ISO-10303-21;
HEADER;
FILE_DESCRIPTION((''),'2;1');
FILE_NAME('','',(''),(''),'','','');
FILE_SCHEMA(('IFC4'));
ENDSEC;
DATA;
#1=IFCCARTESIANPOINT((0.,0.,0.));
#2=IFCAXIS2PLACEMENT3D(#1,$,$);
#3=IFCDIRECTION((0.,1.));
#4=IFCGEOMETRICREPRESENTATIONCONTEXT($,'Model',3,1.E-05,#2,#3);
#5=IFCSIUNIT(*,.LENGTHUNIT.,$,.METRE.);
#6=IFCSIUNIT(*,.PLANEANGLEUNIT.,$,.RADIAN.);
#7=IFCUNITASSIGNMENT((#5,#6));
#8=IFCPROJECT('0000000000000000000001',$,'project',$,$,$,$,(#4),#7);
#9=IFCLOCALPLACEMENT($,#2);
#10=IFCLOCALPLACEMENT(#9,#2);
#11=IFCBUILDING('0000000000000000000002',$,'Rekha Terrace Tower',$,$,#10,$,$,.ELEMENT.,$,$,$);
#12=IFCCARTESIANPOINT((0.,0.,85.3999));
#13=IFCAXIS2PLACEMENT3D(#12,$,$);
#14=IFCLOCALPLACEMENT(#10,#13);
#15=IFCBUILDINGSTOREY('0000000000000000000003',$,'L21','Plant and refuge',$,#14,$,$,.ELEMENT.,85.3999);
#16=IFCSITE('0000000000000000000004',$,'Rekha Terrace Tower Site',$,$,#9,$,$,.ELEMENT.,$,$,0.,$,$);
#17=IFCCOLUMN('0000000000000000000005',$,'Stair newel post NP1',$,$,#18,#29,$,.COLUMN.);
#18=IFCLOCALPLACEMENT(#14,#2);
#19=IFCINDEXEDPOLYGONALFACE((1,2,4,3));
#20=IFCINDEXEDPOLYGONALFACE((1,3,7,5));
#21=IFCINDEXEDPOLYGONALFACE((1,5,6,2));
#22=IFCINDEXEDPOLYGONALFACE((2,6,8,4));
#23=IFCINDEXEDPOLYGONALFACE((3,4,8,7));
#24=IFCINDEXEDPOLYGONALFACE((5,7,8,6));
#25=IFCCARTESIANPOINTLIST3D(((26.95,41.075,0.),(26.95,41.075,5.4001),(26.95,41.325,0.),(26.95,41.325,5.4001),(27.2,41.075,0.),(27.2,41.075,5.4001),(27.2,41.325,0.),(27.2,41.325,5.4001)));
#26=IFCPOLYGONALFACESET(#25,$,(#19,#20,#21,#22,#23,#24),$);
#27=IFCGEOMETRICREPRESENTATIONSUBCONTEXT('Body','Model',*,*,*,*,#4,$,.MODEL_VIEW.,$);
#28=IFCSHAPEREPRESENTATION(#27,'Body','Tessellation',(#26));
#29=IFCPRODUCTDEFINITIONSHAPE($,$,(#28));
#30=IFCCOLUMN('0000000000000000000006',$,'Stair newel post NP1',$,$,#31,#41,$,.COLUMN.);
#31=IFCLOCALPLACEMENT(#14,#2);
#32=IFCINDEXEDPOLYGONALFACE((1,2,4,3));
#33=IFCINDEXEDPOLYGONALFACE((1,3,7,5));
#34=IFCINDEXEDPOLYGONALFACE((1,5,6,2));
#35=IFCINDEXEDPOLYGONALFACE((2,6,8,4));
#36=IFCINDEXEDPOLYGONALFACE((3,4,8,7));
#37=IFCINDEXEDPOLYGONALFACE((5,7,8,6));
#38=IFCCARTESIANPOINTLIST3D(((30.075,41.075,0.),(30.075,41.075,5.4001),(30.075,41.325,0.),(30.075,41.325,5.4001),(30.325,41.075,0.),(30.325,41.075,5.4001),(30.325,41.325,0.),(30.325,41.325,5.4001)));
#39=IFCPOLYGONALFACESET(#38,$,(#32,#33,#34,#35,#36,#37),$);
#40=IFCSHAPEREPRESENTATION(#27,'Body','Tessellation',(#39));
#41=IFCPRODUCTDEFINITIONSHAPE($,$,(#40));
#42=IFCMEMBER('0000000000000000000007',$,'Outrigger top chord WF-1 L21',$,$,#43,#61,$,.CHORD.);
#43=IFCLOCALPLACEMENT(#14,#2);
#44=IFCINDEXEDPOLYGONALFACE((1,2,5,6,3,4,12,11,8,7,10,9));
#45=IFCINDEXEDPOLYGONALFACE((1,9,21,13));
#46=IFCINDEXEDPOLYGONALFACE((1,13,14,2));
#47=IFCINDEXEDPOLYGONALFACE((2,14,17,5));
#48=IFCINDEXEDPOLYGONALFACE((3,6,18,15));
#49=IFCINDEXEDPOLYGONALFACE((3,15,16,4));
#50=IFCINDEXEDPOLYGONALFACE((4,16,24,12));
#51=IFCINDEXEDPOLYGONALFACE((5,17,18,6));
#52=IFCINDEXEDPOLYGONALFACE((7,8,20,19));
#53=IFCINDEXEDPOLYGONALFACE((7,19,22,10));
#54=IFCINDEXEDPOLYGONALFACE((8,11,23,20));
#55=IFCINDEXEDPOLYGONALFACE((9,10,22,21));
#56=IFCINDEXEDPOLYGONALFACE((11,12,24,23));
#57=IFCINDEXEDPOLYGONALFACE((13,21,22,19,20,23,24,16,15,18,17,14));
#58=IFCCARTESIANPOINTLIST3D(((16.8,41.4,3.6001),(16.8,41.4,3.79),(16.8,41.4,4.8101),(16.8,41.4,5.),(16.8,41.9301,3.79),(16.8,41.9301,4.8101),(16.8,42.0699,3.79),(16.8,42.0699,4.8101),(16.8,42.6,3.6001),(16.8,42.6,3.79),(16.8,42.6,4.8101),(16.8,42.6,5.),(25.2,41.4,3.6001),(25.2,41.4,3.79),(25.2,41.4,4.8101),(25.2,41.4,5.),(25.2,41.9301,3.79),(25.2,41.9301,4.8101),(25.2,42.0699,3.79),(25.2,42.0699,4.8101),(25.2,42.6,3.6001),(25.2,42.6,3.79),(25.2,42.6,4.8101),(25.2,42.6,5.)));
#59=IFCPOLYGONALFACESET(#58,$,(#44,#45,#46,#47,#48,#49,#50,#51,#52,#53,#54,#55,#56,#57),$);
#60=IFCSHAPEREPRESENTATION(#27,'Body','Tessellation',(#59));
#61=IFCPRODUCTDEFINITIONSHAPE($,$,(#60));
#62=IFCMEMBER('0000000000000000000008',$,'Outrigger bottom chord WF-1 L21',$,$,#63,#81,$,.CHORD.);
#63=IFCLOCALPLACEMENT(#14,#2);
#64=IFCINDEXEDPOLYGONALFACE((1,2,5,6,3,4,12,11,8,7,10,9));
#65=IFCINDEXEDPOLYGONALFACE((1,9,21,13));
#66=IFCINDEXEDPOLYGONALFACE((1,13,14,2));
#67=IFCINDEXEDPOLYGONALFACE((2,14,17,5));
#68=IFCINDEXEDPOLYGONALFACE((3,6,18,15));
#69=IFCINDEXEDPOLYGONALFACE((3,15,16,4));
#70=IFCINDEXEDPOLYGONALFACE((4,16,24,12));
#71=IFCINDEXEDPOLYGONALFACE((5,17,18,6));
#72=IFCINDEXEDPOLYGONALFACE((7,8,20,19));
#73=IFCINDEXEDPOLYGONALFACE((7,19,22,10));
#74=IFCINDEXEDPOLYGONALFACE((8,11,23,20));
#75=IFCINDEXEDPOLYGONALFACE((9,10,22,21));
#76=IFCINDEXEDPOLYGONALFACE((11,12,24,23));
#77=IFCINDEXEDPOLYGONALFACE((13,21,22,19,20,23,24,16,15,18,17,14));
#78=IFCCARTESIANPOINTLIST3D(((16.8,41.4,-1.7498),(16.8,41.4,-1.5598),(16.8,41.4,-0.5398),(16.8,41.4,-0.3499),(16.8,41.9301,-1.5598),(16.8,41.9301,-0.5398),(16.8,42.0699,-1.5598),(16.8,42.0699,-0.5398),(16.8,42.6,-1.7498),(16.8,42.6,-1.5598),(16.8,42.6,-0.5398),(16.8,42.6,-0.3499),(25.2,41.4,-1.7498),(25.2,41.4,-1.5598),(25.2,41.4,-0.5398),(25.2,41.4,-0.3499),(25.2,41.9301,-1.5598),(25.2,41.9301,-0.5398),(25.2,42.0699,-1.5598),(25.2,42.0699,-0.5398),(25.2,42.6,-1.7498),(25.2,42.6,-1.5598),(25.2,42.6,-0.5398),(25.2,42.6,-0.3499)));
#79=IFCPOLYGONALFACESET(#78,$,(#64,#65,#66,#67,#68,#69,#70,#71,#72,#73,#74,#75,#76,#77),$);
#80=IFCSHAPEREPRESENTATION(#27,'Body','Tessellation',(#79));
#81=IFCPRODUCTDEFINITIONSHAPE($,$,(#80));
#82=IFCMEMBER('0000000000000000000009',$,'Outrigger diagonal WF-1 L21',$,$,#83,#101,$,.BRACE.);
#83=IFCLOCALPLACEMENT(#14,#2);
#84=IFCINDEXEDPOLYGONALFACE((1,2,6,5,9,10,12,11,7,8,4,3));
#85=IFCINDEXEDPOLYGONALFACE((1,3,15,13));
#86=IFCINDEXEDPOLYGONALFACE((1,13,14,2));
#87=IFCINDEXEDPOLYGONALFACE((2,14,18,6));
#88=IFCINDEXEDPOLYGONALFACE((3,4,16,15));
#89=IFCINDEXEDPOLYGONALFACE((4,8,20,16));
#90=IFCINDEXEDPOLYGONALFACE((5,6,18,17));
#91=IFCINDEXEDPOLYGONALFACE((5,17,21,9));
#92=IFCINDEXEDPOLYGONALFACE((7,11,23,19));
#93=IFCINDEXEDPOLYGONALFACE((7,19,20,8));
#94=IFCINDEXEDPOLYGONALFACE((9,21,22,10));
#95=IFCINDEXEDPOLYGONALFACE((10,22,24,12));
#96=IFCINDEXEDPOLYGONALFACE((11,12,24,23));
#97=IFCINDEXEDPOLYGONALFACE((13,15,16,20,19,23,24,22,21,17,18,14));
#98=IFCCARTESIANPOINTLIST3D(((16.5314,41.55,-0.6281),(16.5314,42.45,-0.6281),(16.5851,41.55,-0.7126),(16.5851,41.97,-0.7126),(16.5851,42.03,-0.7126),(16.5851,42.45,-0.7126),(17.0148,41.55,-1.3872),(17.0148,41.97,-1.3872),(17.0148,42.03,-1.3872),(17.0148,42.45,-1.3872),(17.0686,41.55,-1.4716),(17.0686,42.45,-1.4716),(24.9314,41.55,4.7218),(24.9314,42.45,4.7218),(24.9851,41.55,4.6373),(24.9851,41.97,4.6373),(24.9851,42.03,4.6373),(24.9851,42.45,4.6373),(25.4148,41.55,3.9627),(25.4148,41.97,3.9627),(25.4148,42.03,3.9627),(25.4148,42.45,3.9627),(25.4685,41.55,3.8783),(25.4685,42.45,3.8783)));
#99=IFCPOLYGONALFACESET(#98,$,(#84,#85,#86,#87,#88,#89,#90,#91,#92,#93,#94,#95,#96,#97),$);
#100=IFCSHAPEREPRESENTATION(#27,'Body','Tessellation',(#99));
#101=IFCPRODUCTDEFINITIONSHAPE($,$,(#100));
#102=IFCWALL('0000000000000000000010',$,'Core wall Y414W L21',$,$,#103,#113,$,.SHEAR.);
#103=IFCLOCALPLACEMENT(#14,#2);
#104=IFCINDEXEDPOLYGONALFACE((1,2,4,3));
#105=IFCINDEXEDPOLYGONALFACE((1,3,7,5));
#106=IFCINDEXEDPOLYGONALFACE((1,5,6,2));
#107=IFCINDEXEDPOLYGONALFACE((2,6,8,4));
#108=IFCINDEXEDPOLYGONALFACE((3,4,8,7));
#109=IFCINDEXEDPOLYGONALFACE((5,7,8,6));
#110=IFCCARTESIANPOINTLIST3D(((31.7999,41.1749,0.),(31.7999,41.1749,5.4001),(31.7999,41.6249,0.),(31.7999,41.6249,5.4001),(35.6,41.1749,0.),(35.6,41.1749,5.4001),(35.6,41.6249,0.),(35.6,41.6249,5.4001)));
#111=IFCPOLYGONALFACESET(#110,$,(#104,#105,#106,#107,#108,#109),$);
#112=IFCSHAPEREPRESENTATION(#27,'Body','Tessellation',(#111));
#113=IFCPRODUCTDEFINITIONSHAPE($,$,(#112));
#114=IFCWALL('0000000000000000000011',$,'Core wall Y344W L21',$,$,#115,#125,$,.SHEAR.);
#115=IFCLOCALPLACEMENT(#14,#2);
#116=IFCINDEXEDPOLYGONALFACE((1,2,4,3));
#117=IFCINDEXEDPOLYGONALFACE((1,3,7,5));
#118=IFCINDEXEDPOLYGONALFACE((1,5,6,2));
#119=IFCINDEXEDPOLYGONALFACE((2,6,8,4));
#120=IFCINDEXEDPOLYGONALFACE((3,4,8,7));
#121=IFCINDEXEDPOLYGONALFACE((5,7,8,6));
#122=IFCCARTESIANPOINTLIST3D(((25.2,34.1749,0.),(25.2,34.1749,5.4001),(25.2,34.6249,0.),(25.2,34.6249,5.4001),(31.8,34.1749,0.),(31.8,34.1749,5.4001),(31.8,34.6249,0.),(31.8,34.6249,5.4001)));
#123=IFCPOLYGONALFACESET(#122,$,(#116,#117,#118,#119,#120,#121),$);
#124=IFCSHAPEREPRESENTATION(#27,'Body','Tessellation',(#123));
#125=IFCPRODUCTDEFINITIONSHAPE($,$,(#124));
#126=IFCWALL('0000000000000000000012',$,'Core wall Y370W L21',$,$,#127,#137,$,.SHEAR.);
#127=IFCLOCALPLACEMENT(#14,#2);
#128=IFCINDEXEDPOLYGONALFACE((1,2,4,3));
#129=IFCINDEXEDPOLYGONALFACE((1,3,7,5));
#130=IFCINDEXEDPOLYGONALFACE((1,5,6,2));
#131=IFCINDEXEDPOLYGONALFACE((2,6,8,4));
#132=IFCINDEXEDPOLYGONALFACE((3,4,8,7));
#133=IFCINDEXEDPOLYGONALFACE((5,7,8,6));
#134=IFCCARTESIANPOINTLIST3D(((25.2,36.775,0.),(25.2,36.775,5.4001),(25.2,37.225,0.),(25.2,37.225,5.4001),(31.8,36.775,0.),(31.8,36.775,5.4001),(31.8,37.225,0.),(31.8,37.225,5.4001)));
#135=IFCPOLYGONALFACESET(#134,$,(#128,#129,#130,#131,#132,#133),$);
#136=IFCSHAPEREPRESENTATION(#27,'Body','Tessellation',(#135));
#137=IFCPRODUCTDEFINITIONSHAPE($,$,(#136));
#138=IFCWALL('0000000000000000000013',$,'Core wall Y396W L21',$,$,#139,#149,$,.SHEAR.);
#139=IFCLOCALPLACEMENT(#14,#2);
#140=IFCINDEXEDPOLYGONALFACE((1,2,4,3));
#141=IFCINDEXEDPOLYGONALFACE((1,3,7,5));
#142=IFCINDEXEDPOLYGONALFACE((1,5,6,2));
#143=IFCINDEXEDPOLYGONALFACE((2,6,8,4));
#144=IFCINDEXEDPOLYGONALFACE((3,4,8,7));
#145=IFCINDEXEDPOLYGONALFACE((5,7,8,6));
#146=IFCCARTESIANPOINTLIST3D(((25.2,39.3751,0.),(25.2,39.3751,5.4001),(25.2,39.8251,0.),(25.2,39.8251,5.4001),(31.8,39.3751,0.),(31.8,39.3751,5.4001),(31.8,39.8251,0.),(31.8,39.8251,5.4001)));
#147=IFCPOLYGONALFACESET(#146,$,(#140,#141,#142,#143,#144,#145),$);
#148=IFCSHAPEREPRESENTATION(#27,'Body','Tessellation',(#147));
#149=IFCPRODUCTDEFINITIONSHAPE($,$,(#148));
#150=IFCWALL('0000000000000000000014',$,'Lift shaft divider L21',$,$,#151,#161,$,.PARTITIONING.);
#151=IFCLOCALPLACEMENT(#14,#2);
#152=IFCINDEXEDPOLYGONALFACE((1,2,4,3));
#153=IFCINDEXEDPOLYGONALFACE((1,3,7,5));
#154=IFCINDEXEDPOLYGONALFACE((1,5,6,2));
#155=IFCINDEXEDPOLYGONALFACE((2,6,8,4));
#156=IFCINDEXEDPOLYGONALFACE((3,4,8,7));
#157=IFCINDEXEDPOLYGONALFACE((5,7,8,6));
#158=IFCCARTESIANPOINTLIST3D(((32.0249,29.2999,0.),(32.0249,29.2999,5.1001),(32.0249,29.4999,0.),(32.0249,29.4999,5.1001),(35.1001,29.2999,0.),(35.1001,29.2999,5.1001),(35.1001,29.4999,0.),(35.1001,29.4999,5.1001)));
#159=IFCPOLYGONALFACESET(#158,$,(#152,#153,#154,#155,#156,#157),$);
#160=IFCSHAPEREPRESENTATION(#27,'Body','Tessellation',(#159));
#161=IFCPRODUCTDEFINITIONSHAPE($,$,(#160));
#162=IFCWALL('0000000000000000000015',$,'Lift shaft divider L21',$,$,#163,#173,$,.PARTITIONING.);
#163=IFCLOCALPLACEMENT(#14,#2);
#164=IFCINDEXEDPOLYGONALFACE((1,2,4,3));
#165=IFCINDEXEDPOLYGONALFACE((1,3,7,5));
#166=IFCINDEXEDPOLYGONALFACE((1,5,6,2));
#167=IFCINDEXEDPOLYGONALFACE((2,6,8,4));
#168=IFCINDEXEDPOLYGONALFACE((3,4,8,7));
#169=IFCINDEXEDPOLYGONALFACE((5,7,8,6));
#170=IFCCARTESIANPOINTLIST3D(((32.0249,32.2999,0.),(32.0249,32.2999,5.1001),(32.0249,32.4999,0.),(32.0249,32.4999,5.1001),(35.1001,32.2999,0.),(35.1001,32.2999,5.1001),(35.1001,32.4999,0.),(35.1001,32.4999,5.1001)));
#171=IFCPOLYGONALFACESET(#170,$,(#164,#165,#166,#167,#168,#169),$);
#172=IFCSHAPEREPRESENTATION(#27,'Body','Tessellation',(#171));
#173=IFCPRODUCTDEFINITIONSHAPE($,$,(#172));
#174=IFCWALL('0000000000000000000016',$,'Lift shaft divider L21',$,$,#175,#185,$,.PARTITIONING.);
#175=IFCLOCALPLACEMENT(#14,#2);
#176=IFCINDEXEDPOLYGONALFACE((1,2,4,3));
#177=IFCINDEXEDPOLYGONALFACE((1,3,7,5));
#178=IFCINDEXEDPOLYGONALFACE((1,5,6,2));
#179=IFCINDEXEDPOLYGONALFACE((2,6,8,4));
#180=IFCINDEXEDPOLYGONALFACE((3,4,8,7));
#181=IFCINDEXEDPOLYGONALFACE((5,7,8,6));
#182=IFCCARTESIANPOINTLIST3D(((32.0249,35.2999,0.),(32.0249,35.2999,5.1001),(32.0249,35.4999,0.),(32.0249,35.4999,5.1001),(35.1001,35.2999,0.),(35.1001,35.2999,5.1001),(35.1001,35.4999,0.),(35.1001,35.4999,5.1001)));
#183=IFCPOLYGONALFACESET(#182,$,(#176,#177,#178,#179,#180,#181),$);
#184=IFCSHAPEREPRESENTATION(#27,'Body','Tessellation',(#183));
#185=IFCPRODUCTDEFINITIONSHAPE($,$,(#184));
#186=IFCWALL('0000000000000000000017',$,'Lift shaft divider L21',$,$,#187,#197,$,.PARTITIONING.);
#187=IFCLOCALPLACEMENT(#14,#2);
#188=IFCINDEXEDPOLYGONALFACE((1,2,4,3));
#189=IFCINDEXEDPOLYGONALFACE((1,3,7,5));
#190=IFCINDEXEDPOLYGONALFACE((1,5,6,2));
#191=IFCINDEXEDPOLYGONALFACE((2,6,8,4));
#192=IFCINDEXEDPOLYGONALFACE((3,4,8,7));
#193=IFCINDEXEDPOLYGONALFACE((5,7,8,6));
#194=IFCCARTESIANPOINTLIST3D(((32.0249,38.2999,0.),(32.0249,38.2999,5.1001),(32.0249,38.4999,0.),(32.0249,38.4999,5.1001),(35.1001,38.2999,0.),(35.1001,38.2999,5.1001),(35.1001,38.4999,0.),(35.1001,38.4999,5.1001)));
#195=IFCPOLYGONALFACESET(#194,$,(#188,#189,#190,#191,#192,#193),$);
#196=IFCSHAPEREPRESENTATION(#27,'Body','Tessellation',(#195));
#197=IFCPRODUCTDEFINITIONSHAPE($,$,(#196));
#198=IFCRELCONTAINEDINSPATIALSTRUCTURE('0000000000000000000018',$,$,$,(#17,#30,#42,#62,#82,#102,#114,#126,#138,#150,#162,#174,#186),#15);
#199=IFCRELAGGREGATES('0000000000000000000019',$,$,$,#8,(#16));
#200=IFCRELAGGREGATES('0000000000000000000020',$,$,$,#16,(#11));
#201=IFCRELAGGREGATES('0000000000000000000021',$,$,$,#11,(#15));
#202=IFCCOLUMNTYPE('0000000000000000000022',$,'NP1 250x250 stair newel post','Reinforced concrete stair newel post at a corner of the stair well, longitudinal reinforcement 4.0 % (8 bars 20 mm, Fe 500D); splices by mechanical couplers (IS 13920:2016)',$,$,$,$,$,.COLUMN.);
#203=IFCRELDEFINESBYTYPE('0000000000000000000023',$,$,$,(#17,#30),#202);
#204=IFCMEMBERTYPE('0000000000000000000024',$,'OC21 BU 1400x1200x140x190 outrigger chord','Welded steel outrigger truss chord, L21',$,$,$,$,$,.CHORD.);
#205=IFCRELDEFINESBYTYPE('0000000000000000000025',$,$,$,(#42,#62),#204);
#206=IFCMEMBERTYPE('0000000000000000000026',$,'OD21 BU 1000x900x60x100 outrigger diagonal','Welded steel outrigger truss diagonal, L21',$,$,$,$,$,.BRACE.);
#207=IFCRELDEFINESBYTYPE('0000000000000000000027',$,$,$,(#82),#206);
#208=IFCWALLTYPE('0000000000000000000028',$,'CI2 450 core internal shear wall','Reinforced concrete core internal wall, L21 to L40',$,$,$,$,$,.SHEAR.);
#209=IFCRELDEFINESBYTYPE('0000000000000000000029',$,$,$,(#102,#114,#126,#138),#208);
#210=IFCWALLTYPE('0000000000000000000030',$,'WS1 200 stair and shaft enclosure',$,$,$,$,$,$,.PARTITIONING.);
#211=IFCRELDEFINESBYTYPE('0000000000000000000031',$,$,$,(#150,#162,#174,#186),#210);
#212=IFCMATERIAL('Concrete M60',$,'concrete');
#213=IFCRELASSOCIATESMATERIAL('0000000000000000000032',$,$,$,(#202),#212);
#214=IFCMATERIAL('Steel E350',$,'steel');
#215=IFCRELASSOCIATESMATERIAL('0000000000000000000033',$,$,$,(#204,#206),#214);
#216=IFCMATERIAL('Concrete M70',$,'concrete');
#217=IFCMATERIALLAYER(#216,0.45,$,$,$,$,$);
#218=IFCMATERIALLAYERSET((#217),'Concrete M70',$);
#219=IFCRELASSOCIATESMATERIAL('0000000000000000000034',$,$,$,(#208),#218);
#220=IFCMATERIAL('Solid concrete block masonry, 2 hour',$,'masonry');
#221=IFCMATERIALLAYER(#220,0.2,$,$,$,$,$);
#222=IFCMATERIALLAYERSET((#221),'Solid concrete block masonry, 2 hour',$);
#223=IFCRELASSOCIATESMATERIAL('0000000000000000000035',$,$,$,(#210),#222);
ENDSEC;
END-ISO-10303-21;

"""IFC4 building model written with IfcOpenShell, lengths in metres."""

from ifc_helpers import new_model, si_unit, direction, frame, frame_2d, origin, origin_2d, place, context, subcontext, project, spatial, rectangle, i_section, extrude, material, layer, layer_set, material_profile, profile_set, type_object, element, save


model = new_model("IFC4")

# Units and contexts
model_context = context("Model", 3, precision=1e-05, world=origin(), true_north=direction((0.0, 1.0)))
body_context = subcontext(model_context, "Body", "Model", "MODEL_VIEW")
ifc_project = project(units=[si_unit("LENGTHUNIT", "METRE"), si_unit("PLANEANGLEUNIT", "RADIAN")], contexts=[model_context])

# Site, building, storey
site_placement = place(None, origin())
site = spatial("IfcSite", under=ifc_project, at=site_placement, Name="Rekha Terrace Tower Site", CompositionType="ELEMENT", RefElevation=0.0)
building_placement = place(site_placement, origin())
building = spatial("IfcBuilding", under=site, at=building_placement, Name="Rekha Terrace Tower", CompositionType="ELEMENT")
storey_placement = place(building_placement, frame((0.0, 0.0, 85.3999)))
storey = spatial("IfcBuildingStorey", under=building, at=storey_placement, Name="L21", Description="Plant and refuge", CompositionType="ELEMENT", Elevation=85.3999)

# Columns
ifc_material_1 = material(Name="Concrete M60", Category="concrete")
ifc_material_profile_1 = material_profile(ifc_material_1, rectangle(XDim=0.25, YDim=0.25, at=origin_2d()), Name="RC 250x250")
ifc_profile_set_1 = profile_set([ifc_material_profile_1], Name="Concrete M60")
column_type = type_object("IfcColumnType", Name="NP1 250x250 stair newel post", Description="Reinforced concrete stair newel post at a corner of the stair well, longitudinal reinforcement 4.0 % (8 bars 20 mm, Fe 500D); splices by mechanical couplers (IS 13920:2016)", PredefinedType="COLUMN", material=ifc_profile_set_1)
for number, where, z_axis, x_axis, name in (
    (1, (27.075, 41.2, 0.0), (0.0, 0.0, 1.0), (1.0, 0.0, 0.0), "Stair newel post NP1"),
    (2, (30.2, 41.2, 0.0), (0.0, 0.0, 1.0), (1.0, 0.0, 0.0), "Stair newel post NP1"),
):
    element("IfcColumn", number, at=place(storey_placement, frame(where, z_axis=z_axis, x_axis=x_axis)), inside=storey, type_object=column_type, Name=name, PredefinedType="COLUMN", context=body_context, shape_type="SweptSolid", body=[
        extrude(rectangle(XDim=0.25, YDim=0.25, at=origin_2d()), origin(), (0.0, 0.0, 1.0), 5.4001),
    ])

# Members
ifc_material_2 = material(Name="Steel E350", Category="steel")
ifc_material_profile_2 = material_profile(ifc_material_2, i_section(OverallWidth=1.2, OverallDepth=1.3999, WebThickness=0.1399, FlangeThickness=0.1899, at=origin_2d()), Name="BU 1400x1200x140x190")
ifc_profile_set_2 = profile_set([ifc_material_profile_2], Name="Steel E350")
member_type_1 = type_object("IfcMemberType", Name="OC21 BU 1400x1200x140x190 outrigger chord", Description="Welded steel outrigger truss chord, L21", PredefinedType="CHORD", material=ifc_profile_set_2)
for number, where, z_axis, x_axis, name in (
    (3, (25.2, 42.0, 4.3), (-1.0, 0.0, 0.0), (0.0, -1.0, 0.0), "Outrigger top chord WF-1 L21"),
    (4, (25.2, 42.0, -1.0498), (-1.0, 0.0, 0.0), (0.0, -1.0, 0.0), "Outrigger bottom chord WF-1 L21"),
):
    element("IfcMember", number, at=place(storey_placement, frame(where, z_axis=z_axis, x_axis=x_axis)), inside=storey, type_object=member_type_1, Name=name, PredefinedType="CHORD", context=body_context, shape_type="SweptSolid", body=[
        extrude(i_section(OverallWidth=1.2, OverallDepth=1.3999, WebThickness=0.1399, FlangeThickness=0.1899, at=origin_2d()), origin(), (0.0, 0.0, 1.0), 8.3999),
    ])
ifc_material_profile_3 = material_profile(ifc_material_2, i_section(OverallWidth=0.8999, OverallDepth=1.0, WebThickness=0.0601, FlangeThickness=0.1001, at=origin_2d()), Name="BU 1000x900x60x100")
ifc_profile_set_3 = profile_set([ifc_material_profile_3], Name="Steel E350")
member_type_2 = type_object("IfcMemberType", Name="OD21 BU 1000x900x60x100 outrigger diagonal", Description="Welded steel outrigger truss diagonal, L21", PredefinedType="BRACE", material=ifc_profile_set_3)
member_placement = place(storey_placement, frame((25.2, 42.0, 4.3), z_axis=(-0.843459, 0.0, -0.537194), x_axis=(0.0, -1.0, 0.0)))
element("IfcMember", 5, at=member_placement, inside=storey, type_object=member_type_2, Name="Outrigger diagonal WF-1 L21", PredefinedType="BRACE", context=body_context, shape_type="SweptSolid", body=[
    extrude(i_section(OverallWidth=0.8999, OverallDepth=1.0, WebThickness=0.0601, FlangeThickness=0.1001, at=origin_2d()), origin(), (0.0, 0.0, 1.0), 9.959),
])

# Walls
ifc_material_3 = material(Name="Concrete M70", Category="concrete")
ifc_layer_1 = layer(ifc_material_3, 0.45)
ifc_layer_set_1 = layer_set([ifc_layer_1], Name="Concrete M70")
wall_type_1 = type_object("IfcWallType", Name="CI2 450 core internal shear wall", Description="Reinforced concrete core internal wall, L21 to L40", PredefinedType="SHEAR", material=ifc_layer_set_1)
wall_placement = place(storey_placement, frame((31.8, 41.3999, 0.0), z_axis=(0.0, 0.0, 1.0), x_axis=(1.0, 0.0, 0.0)))
element("IfcWall", 6, at=wall_placement, inside=storey, type_object=wall_type_1, Name="Core wall Y414W L21", PredefinedType="SHEAR", context=body_context, shape_type="SweptSolid", body=[
    extrude(rectangle(XDim=3.8, YDim=0.45, at=frame_2d((1.8999, 0.0))), origin(), (0.0, 0.0, 1.0), 5.4001),
])
for number, where, z_axis, x_axis, name in (
    (7, (25.2, 34.3999, 0.0), (0.0, 0.0, 1.0), (1.0, 0.0, 0.0), "Core wall Y344W L21"),
    (8, (25.2, 37.0, 0.0), (0.0, 0.0, 1.0), (1.0, 0.0, 0.0), "Core wall Y370W L21"),
    (9, (25.2, 39.6001, 0.0), (0.0, 0.0, 1.0), (1.0, 0.0, 0.0), "Core wall Y396W L21"),
):
    element("IfcWall", number, at=place(storey_placement, frame(where, z_axis=z_axis, x_axis=x_axis)), inside=storey, type_object=wall_type_1, Name=name, PredefinedType="SHEAR", context=body_context, shape_type="SweptSolid", body=[
        extrude(rectangle(XDim=6.6001, YDim=0.45, at=frame_2d((3.3, 0.0))), origin(), (0.0, 0.0, 1.0), 5.4001),
    ])
ifc_material_4 = material(Name="Solid concrete block masonry, 2 hour", Category="masonry")
ifc_layer_2 = layer(ifc_material_4, 0.2)
ifc_layer_set_2 = layer_set([ifc_layer_2], Name="Solid concrete block masonry, 2 hour")
wall_type_2 = type_object("IfcWallType", Name="WS1 200 stair and shaft enclosure", PredefinedType="PARTITIONING", material=ifc_layer_set_2)
for number, where, z_axis, x_axis, name in (
    (10, (32.0249, 29.3999, 0.0), (0.0, 0.0, 1.0), (1.0, 0.0, 0.0), "Lift shaft divider L21"),
    (11, (32.0249, 32.3999, 0.0), (0.0, 0.0, 1.0), (1.0, 0.0, 0.0), "Lift shaft divider L21"),
    (12, (32.0249, 35.3999, 0.0), (0.0, 0.0, 1.0), (1.0, 0.0, 0.0), "Lift shaft divider L21"),
    (13, (32.0249, 38.3999, 0.0), (0.0, 0.0, 1.0), (1.0, 0.0, 0.0), "Lift shaft divider L21"),
):
    element("IfcWall", number, at=place(storey_placement, frame(where, z_axis=z_axis, x_axis=x_axis)), inside=storey, type_object=wall_type_2, Name=name, PredefinedType="PARTITIONING", context=body_context, shape_type="SweptSolid", body=[
        extrude(rectangle(XDim=3.0752, YDim=0.2, at=frame_2d((1.5376, 0.0))), origin(), (0.0, 0.0, 1.0), 5.1001),
    ])

save(model, "model.ifc")
